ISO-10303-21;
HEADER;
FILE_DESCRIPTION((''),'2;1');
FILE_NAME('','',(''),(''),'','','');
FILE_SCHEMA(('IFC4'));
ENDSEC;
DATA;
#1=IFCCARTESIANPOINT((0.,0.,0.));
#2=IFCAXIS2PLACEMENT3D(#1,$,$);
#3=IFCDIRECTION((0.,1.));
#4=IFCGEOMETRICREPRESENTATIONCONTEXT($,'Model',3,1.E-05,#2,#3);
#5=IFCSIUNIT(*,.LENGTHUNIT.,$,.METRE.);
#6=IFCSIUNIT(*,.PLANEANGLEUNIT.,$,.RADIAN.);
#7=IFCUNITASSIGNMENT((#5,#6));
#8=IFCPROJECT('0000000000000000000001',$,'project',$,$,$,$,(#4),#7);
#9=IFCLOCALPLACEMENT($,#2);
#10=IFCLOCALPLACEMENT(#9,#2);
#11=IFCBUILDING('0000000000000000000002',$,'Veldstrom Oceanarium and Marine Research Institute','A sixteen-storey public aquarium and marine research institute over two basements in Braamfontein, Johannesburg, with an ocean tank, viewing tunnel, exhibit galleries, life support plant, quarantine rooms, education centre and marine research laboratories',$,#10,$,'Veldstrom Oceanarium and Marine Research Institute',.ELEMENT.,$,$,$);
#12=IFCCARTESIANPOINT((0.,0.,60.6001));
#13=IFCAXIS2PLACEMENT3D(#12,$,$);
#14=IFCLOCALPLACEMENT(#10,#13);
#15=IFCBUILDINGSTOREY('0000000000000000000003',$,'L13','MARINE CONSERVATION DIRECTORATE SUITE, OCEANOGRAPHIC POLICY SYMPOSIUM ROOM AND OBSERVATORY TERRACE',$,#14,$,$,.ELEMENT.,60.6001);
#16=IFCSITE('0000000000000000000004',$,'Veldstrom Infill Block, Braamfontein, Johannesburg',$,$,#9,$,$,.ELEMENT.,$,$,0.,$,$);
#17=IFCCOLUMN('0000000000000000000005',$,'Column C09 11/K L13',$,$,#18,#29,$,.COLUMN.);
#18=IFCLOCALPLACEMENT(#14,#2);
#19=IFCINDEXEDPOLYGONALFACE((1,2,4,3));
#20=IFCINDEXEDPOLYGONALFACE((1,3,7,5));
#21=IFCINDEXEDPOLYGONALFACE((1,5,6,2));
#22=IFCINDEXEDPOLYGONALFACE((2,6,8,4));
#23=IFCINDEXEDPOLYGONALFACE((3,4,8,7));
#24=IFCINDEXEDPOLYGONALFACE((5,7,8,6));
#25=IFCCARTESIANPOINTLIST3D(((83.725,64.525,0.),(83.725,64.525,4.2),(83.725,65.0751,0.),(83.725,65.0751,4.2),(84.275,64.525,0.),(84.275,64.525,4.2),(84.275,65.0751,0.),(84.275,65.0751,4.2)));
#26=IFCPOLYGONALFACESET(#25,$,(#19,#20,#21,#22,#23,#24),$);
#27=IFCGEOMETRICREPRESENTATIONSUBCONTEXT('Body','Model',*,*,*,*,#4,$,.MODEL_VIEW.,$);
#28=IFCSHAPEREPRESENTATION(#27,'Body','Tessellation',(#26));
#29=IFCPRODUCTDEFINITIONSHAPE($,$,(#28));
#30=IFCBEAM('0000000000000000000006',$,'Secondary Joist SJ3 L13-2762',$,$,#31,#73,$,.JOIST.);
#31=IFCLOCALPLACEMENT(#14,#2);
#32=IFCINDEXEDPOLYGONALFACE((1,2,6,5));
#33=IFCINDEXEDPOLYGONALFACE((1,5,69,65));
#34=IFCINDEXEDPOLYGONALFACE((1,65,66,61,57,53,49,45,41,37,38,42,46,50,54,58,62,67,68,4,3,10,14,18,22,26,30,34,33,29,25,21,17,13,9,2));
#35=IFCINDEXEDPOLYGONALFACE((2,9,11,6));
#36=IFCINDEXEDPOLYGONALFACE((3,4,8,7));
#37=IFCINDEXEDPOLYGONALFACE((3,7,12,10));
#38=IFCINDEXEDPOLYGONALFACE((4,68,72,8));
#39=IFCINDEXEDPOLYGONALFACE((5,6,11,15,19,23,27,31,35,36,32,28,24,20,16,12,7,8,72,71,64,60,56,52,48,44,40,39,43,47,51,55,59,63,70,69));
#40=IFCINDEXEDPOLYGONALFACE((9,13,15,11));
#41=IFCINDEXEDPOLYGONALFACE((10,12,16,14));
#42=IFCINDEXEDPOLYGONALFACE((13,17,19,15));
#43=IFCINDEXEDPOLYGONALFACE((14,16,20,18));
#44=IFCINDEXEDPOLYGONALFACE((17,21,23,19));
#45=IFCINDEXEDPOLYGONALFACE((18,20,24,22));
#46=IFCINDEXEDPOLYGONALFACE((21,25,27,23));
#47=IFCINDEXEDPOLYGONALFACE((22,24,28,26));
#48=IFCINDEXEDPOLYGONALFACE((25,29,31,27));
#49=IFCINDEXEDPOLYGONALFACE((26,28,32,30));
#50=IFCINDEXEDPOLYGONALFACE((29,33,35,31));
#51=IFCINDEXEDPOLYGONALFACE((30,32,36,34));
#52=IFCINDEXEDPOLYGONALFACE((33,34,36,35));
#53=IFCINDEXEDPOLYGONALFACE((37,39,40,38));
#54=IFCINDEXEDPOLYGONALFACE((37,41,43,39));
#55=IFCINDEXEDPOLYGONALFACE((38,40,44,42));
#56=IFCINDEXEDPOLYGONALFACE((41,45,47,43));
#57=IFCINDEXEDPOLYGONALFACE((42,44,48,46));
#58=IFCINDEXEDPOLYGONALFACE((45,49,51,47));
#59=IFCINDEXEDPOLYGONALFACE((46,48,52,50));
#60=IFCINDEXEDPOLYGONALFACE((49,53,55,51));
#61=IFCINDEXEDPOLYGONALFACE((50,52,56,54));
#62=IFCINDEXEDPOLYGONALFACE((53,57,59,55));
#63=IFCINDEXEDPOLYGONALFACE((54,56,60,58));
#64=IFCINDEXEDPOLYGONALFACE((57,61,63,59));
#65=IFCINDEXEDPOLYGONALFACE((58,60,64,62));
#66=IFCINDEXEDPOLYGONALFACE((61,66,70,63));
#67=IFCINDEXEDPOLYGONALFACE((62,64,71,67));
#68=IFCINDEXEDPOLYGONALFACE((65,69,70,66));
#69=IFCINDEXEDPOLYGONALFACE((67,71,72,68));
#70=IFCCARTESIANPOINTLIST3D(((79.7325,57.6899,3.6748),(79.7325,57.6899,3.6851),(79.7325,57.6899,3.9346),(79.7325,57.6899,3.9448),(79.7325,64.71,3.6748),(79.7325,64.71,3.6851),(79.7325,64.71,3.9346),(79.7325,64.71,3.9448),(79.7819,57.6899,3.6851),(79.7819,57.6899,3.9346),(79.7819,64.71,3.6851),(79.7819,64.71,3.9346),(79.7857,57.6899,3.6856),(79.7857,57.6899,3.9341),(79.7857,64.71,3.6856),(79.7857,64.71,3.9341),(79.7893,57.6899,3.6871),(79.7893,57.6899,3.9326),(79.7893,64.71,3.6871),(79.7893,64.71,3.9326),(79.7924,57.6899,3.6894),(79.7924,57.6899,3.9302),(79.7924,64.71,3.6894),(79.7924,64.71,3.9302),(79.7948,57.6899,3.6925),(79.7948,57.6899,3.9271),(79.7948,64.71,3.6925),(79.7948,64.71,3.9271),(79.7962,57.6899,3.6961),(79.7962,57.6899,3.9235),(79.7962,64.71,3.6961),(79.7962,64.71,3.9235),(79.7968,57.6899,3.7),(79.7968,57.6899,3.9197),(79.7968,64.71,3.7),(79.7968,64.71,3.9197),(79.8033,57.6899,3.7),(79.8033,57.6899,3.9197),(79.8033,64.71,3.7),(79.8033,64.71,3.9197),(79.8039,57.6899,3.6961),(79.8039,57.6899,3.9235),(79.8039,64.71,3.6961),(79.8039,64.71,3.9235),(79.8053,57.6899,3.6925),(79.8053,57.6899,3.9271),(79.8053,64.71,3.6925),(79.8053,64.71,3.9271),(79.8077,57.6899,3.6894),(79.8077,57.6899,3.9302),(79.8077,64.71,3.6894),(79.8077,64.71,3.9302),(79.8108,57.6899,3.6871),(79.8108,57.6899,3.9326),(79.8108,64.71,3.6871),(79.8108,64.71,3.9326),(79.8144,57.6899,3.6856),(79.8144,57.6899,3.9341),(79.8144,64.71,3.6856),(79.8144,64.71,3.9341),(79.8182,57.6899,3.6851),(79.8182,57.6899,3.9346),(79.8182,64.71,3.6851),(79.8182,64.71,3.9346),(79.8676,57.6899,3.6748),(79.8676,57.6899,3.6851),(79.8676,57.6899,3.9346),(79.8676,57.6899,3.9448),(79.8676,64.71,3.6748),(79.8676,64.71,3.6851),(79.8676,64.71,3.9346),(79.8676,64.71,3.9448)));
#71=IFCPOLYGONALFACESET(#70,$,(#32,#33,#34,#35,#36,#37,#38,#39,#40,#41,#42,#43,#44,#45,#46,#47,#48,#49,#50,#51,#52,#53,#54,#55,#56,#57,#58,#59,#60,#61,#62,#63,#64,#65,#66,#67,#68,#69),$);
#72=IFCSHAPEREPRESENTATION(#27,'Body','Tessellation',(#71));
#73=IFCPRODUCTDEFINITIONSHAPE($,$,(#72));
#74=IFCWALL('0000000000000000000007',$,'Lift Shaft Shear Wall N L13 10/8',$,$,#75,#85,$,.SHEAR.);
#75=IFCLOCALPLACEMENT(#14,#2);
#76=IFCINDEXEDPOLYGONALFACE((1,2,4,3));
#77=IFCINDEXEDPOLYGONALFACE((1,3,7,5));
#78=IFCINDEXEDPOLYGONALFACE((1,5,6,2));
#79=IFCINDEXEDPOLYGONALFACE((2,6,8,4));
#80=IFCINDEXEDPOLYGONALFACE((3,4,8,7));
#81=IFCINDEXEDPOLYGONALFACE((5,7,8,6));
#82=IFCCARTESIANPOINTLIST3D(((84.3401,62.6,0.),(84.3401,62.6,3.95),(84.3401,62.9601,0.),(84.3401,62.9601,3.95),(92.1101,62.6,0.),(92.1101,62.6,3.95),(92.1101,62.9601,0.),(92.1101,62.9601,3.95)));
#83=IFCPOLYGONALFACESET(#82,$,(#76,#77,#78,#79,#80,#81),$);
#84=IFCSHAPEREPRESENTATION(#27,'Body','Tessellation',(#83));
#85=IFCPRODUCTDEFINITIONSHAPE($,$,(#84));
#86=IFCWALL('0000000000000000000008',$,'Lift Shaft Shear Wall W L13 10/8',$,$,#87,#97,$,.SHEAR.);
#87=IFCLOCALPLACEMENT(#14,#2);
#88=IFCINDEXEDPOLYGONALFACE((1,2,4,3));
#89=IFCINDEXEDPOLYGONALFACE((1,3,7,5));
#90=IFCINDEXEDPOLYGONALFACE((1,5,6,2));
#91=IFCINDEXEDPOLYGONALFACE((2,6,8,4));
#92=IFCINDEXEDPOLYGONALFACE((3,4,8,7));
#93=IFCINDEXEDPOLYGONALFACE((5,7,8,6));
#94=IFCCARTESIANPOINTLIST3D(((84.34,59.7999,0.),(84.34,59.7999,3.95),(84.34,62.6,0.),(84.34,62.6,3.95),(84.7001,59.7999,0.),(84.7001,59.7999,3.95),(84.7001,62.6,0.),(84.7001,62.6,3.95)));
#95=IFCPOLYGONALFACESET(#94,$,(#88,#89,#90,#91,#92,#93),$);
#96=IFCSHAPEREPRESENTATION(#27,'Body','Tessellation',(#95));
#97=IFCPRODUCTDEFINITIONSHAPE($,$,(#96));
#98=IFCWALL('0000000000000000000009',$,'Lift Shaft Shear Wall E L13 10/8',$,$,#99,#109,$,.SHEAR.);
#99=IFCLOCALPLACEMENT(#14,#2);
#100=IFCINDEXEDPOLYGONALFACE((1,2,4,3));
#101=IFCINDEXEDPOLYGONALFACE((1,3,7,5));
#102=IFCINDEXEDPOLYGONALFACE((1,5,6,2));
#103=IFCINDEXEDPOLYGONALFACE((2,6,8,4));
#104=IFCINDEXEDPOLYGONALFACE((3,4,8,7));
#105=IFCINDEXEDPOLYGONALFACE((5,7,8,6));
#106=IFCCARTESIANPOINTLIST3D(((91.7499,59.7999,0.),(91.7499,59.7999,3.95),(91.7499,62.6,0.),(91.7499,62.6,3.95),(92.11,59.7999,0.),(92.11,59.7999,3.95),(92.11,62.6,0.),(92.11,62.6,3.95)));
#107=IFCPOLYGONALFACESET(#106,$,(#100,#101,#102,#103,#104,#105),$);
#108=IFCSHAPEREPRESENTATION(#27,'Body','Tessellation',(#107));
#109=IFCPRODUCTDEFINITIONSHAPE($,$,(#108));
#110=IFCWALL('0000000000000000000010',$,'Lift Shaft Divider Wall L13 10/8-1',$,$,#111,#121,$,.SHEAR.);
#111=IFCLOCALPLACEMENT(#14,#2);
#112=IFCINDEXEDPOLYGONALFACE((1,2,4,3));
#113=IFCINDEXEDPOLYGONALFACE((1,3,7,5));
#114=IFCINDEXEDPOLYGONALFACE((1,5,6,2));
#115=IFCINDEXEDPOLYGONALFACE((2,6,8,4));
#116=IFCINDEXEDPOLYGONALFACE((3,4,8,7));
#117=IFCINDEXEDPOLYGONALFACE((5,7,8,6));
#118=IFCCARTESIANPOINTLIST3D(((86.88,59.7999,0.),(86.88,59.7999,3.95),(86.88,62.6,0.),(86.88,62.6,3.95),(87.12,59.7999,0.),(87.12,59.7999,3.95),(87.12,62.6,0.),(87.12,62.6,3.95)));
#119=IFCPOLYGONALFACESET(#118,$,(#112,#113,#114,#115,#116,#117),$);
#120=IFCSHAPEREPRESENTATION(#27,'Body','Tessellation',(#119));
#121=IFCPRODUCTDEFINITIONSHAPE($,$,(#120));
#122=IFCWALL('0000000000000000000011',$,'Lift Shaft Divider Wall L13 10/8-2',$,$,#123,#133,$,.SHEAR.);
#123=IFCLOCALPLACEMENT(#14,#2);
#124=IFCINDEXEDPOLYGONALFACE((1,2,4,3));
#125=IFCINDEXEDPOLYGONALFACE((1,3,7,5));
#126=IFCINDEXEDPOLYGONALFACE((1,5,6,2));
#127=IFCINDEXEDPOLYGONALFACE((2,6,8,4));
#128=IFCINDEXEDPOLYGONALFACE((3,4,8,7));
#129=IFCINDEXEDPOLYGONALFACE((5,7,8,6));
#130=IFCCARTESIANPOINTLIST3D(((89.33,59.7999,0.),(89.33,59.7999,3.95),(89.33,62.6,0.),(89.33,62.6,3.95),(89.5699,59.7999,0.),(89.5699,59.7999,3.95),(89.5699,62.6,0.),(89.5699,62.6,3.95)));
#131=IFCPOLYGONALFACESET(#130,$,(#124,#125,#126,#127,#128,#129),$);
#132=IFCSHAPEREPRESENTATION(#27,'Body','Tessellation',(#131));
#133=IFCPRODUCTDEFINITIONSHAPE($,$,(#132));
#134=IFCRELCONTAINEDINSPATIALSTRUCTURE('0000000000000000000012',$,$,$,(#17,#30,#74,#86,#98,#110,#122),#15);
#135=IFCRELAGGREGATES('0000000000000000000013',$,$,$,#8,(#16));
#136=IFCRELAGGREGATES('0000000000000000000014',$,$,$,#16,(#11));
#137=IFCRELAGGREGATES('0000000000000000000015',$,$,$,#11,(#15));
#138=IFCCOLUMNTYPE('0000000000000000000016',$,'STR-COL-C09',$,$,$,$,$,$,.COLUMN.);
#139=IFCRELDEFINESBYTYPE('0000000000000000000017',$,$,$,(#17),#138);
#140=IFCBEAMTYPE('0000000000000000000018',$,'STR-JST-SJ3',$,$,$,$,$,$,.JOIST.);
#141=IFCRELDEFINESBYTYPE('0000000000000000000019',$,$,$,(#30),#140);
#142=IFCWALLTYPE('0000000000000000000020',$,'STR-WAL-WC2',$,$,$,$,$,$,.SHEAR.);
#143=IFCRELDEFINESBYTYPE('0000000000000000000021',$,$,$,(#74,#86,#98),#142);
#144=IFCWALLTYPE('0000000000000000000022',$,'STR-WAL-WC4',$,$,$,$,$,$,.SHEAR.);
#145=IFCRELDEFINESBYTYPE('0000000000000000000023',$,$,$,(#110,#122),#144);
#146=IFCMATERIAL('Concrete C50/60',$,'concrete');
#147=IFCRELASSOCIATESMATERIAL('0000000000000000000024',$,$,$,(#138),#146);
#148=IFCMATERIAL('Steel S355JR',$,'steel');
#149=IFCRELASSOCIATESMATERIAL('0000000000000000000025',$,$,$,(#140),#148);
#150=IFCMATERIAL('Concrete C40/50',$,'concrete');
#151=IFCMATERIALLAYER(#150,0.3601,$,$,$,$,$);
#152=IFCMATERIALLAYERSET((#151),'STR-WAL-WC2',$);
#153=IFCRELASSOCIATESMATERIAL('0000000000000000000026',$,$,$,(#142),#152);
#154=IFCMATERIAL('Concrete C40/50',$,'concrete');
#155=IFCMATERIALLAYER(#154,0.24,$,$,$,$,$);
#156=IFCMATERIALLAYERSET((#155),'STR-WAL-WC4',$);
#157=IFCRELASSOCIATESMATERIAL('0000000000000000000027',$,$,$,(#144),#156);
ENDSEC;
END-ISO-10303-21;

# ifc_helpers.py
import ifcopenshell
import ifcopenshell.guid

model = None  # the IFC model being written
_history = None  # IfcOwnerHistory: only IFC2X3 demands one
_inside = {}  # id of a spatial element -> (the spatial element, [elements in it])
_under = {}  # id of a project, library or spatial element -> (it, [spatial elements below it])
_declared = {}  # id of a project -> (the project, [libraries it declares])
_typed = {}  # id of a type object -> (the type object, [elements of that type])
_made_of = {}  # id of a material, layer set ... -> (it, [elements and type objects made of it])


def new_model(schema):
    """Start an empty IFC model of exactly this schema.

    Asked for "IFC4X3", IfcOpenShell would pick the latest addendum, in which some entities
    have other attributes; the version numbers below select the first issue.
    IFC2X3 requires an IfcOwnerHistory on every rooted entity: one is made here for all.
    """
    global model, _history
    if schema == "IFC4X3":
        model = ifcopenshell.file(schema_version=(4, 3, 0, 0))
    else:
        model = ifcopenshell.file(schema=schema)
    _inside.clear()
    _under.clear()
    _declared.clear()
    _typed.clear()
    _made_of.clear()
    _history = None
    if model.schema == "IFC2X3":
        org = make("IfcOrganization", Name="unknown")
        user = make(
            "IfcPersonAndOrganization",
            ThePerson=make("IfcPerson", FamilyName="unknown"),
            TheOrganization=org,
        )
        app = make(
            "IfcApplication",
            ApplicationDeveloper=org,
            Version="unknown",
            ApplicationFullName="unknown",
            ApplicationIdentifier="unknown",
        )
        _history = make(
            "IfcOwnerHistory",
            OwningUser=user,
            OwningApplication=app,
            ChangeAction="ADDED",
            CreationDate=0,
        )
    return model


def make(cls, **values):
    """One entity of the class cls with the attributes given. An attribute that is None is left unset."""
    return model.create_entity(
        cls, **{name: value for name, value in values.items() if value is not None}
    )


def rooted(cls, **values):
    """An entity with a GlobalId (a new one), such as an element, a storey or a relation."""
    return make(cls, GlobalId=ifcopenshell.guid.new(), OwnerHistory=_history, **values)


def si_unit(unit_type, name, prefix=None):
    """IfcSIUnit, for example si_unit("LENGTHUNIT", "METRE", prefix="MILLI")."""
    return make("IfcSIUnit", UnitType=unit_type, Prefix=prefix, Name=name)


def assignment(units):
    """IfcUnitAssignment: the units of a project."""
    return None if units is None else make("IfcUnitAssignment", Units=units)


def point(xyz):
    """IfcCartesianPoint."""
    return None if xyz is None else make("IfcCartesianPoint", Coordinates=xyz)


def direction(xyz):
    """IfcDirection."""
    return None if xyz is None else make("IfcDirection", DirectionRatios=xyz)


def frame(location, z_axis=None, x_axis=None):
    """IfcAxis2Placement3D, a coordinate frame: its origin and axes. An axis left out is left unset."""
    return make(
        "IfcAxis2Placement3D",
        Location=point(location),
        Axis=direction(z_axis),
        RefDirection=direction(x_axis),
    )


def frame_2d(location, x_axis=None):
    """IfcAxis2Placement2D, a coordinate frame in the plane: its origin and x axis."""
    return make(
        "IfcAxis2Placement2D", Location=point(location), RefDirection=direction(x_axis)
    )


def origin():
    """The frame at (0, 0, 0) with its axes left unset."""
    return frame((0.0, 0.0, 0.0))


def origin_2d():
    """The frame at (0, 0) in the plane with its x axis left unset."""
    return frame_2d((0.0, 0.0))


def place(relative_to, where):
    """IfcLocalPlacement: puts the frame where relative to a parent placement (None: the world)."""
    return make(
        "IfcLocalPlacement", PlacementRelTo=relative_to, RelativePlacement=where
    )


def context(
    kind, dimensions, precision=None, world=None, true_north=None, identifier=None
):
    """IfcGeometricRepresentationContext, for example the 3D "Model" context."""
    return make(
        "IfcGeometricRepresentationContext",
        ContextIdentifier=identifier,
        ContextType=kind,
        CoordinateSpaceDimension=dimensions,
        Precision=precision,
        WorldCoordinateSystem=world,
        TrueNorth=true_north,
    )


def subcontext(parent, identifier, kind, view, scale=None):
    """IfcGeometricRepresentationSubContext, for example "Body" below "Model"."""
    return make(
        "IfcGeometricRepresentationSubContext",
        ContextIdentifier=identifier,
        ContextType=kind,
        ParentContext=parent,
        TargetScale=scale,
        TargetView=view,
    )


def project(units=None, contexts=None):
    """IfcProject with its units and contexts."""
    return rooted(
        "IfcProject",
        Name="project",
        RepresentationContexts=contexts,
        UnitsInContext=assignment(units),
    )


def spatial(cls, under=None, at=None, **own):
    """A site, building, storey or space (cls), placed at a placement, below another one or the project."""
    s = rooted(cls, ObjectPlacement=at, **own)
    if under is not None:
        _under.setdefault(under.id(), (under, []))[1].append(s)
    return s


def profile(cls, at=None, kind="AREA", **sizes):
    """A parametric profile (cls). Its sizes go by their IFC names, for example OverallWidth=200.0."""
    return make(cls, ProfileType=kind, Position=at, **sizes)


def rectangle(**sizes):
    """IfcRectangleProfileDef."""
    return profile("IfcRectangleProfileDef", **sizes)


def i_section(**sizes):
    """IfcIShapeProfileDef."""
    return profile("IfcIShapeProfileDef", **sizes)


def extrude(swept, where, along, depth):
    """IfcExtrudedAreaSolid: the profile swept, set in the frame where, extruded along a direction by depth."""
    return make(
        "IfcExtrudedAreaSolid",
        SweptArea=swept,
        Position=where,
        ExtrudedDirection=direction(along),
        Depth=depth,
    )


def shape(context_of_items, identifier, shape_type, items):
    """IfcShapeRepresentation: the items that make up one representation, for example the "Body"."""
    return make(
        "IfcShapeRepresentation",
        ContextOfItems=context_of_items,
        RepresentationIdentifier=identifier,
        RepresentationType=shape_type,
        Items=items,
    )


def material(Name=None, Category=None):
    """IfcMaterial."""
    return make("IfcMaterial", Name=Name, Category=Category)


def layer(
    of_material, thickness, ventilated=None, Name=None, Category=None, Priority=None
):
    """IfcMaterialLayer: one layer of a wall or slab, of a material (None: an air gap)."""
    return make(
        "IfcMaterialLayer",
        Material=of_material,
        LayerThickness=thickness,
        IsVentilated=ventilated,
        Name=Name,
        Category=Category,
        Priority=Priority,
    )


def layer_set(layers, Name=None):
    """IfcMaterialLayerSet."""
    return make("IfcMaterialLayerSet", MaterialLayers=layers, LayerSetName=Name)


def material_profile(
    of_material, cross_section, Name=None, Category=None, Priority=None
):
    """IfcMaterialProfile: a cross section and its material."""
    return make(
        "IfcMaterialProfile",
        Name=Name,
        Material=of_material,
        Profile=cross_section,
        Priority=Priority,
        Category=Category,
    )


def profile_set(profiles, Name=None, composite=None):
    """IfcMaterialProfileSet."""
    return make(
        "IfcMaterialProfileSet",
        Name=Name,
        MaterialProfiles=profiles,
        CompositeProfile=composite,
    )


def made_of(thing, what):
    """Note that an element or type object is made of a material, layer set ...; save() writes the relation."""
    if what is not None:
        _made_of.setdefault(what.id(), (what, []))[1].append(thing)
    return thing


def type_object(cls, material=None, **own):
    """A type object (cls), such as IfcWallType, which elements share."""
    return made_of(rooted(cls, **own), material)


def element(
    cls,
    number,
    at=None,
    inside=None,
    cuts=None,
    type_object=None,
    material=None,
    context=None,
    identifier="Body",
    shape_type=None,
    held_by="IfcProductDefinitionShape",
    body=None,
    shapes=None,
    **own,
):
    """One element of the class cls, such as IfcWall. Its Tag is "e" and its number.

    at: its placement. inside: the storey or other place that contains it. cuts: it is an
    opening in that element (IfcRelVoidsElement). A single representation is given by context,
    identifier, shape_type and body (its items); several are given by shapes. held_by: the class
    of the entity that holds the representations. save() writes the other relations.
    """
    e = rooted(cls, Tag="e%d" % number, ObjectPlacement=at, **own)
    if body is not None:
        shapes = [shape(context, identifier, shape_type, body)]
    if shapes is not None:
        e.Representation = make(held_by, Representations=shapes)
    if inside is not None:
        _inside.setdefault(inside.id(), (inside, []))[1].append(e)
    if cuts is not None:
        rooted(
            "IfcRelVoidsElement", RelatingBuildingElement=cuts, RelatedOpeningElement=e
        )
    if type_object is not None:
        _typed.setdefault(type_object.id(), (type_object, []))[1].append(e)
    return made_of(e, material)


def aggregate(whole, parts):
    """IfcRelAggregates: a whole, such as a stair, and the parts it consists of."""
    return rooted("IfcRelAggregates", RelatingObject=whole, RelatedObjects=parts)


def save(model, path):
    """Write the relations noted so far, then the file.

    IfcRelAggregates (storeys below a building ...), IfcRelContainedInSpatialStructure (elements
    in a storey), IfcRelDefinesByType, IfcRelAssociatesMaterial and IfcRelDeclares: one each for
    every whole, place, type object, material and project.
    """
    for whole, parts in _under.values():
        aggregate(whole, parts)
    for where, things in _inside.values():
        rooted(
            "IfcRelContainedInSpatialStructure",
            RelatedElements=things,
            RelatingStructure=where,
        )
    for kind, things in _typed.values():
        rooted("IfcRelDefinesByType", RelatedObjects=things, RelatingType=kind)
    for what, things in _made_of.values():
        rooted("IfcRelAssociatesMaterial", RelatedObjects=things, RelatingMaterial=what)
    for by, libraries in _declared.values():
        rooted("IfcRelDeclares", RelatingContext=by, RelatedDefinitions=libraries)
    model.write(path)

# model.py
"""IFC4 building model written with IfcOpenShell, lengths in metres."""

from ifc_helpers import new_model, si_unit, direction, frame, frame_2d, origin, origin_2d, place, context, subcontext, project, spatial, rectangle, i_section, extrude, material, layer, layer_set, material_profile, profile_set, type_object, element, save


model = new_model("IFC4")

# Units and contexts
model_context = context("Model", 3, precision=1e-05, world=origin(), true_north=direction((0.0, 1.0)))
body_context = subcontext(model_context, "Body", "Model", "MODEL_VIEW")
ifc_project = project(units=[si_unit("LENGTHUNIT", "METRE"), si_unit("PLANEANGLEUNIT", "RADIAN")], contexts=[model_context])

# Site, building, storey
site_placement = place(None, origin())
site = spatial("IfcSite", under=ifc_project, at=site_placement, Name="Veldstrom Infill Block, Braamfontein, Johannesburg", CompositionType="ELEMENT", RefElevation=0.0)
building_placement = place(site_placement, origin())
building = spatial("IfcBuilding", under=site, at=building_placement, Name="Veldstrom Oceanarium and Marine Research Institute", Description="A sixteen-storey public aquarium and marine research institute over two basements in Braamfontein, Johannesburg, with an ocean tank, viewing tunnel, exhibit galleries, life support plant, quarantine rooms, education centre and marine research laboratories", LongName="Veldstrom Oceanarium and Marine Research Institute", CompositionType="ELEMENT")
storey_placement = place(building_placement, frame((0.0, 0.0, 60.6001)))
storey = spatial("IfcBuildingStorey", under=building, at=storey_placement, Name="L13", Description="MARINE CONSERVATION DIRECTORATE SUITE, OCEANOGRAPHIC POLICY SYMPOSIUM ROOM AND OBSERVATORY TERRACE", CompositionType="ELEMENT", Elevation=60.6001)

# Column
ifc_material_1 = material(Name="Concrete C50/60", Category="concrete")
ifc_material_profile_1 = material_profile(ifc_material_1, rectangle(XDim=0.55, YDim=0.55, at=origin_2d()), Name="RC-COL-550x550")
ifc_profile_set_1 = profile_set([ifc_material_profile_1], Name="Concrete C50/60")
column_type = type_object("IfcColumnType", Name="STR-COL-C09", PredefinedType="COLUMN", material=ifc_profile_set_1)
column_placement = place(storey_placement, frame((84.0, 64.8, 0.0), z_axis=(0.0, 0.0, 1.0), x_axis=(1.0, 0.0, 0.0)))
element("IfcColumn", 1, at=column_placement, inside=storey, type_object=column_type, Name="Column C09 11/K L13", PredefinedType="COLUMN", context=body_context, shape_type="SweptSolid", body=[
    extrude(rectangle(XDim=0.55, YDim=0.55, at=origin_2d()), origin(), (0.0, 0.0, 1.0), 4.2),
])

# Beam
ifc_material_2 = material(Name="Steel S355JR", Category="steel")
ifc_material_profile_2 = material_profile(ifc_material_2, i_section(OverallWidth=0.135, OverallDepth=0.27, WebThickness=0.0066, FlangeThickness=0.0103, FilletRadius=0.0149, at=origin_2d()), Name="IPE 270")
ifc_profile_set_2 = profile_set([ifc_material_profile_2], Name="Steel S355JR")
beam_type = type_object("IfcBeamType", Name="STR-JST-SJ3", PredefinedType="JOIST", material=ifc_profile_set_2)
beam_placement = place(storey_placement, frame((79.8, 57.6899, 3.8098), z_axis=(0.0, 1.0, 0.0), x_axis=(-1.0, 0.0, 0.0)))
element("IfcBeam", 2, at=beam_placement, inside=storey, type_object=beam_type, Name="Secondary Joist SJ3 L13-2762", PredefinedType="JOIST", context=body_context, shape_type="SweptSolid", body=[
    extrude(i_section(OverallWidth=0.135, OverallDepth=0.27, WebThickness=0.0066, FlangeThickness=0.0103, FilletRadius=0.0149, at=origin_2d()), origin(), (0.0, 0.0, 1.0), 7.02),
])

# Wall
ifc_material_3 = material(Name="Concrete C40/50", Category="concrete")
ifc_layer_1 = layer(ifc_material_3, 0.3601)
ifc_layer_set_1 = layer_set([ifc_layer_1], Name="STR-WAL-WC2")
wall_type_1 = type_object("IfcWallType", Name="STR-WAL-WC2", PredefinedType="SHEAR", material=ifc_layer_set_1)
wall_1_placement = place(storey_placement, frame((84.3401, 62.78, 0.0), z_axis=(0.0, 0.0, 1.0), x_axis=(1.0, 0.0, 0.0)))
element("IfcWall", 3, at=wall_1_placement, inside=storey, type_object=wall_type_1, Name="Lift Shaft Shear Wall N L13 10/8", PredefinedType="SHEAR", context=body_context, shape_type="SweptSolid", body=[
    extrude(rectangle(XDim=7.77, YDim=0.3601, at=frame_2d((3.885, 0.0))), origin(), (0.0, 0.0, 1.0), 3.95),
])

# Walls
for number, where, z_axis, x_axis, name in (
    (4, (84.52, 59.8, 0.0), (0.0, 0.0, 1.0), (0.0, 1.0, 0.0), "Lift Shaft Shear Wall W L13 10/8"),
    (5, (91.9299, 59.8, 0.0), (0.0, 0.0, 1.0), (0.0, 1.0, 0.0), "Lift Shaft Shear Wall E L13 10/8"),
):
    element("IfcWall", number, at=place(storey_placement, frame(where, z_axis=z_axis, x_axis=x_axis)), inside=storey, type_object=wall_type_1, Name=name, PredefinedType="SHEAR", context=body_context, shape_type="SweptSolid", body=[
        extrude(rectangle(XDim=2.8, YDim=0.3601, at=frame_2d((1.3999, 0.0))), origin(), (0.0, 0.0, 1.0), 3.95),
    ])
ifc_material_4 = material(Name="Concrete C40/50", Category="concrete")
ifc_layer_2 = layer(ifc_material_4, 0.24)
ifc_layer_set_2 = layer_set([ifc_layer_2], Name="STR-WAL-WC4")
wall_type_2 = type_object("IfcWallType", Name="STR-WAL-WC4", PredefinedType="SHEAR", material=ifc_layer_set_2)
for number, where, z_axis, x_axis, name in (
    (6, (87.0, 59.8, 0.0), (0.0, 0.0, 1.0), (0.0, 1.0, 0.0), "Lift Shaft Divider Wall L13 10/8-1"),
    (7, (89.45, 59.8, 0.0), (0.0, 0.0, 1.0), (0.0, 1.0, 0.0), "Lift Shaft Divider Wall L13 10/8-2"),
):
    element("IfcWall", number, at=place(storey_placement, frame(where, z_axis=z_axis, x_axis=x_axis)), inside=storey, type_object=wall_type_2, Name=name, PredefinedType="SHEAR", context=body_context, shape_type="SweptSolid", body=[
        extrude(rectangle(XDim=2.8, YDim=0.24, at=frame_2d((1.3999, 0.0))), origin(), (0.0, 0.0, 1.0), 3.95),
    ])

save(model, "model.ifc")
